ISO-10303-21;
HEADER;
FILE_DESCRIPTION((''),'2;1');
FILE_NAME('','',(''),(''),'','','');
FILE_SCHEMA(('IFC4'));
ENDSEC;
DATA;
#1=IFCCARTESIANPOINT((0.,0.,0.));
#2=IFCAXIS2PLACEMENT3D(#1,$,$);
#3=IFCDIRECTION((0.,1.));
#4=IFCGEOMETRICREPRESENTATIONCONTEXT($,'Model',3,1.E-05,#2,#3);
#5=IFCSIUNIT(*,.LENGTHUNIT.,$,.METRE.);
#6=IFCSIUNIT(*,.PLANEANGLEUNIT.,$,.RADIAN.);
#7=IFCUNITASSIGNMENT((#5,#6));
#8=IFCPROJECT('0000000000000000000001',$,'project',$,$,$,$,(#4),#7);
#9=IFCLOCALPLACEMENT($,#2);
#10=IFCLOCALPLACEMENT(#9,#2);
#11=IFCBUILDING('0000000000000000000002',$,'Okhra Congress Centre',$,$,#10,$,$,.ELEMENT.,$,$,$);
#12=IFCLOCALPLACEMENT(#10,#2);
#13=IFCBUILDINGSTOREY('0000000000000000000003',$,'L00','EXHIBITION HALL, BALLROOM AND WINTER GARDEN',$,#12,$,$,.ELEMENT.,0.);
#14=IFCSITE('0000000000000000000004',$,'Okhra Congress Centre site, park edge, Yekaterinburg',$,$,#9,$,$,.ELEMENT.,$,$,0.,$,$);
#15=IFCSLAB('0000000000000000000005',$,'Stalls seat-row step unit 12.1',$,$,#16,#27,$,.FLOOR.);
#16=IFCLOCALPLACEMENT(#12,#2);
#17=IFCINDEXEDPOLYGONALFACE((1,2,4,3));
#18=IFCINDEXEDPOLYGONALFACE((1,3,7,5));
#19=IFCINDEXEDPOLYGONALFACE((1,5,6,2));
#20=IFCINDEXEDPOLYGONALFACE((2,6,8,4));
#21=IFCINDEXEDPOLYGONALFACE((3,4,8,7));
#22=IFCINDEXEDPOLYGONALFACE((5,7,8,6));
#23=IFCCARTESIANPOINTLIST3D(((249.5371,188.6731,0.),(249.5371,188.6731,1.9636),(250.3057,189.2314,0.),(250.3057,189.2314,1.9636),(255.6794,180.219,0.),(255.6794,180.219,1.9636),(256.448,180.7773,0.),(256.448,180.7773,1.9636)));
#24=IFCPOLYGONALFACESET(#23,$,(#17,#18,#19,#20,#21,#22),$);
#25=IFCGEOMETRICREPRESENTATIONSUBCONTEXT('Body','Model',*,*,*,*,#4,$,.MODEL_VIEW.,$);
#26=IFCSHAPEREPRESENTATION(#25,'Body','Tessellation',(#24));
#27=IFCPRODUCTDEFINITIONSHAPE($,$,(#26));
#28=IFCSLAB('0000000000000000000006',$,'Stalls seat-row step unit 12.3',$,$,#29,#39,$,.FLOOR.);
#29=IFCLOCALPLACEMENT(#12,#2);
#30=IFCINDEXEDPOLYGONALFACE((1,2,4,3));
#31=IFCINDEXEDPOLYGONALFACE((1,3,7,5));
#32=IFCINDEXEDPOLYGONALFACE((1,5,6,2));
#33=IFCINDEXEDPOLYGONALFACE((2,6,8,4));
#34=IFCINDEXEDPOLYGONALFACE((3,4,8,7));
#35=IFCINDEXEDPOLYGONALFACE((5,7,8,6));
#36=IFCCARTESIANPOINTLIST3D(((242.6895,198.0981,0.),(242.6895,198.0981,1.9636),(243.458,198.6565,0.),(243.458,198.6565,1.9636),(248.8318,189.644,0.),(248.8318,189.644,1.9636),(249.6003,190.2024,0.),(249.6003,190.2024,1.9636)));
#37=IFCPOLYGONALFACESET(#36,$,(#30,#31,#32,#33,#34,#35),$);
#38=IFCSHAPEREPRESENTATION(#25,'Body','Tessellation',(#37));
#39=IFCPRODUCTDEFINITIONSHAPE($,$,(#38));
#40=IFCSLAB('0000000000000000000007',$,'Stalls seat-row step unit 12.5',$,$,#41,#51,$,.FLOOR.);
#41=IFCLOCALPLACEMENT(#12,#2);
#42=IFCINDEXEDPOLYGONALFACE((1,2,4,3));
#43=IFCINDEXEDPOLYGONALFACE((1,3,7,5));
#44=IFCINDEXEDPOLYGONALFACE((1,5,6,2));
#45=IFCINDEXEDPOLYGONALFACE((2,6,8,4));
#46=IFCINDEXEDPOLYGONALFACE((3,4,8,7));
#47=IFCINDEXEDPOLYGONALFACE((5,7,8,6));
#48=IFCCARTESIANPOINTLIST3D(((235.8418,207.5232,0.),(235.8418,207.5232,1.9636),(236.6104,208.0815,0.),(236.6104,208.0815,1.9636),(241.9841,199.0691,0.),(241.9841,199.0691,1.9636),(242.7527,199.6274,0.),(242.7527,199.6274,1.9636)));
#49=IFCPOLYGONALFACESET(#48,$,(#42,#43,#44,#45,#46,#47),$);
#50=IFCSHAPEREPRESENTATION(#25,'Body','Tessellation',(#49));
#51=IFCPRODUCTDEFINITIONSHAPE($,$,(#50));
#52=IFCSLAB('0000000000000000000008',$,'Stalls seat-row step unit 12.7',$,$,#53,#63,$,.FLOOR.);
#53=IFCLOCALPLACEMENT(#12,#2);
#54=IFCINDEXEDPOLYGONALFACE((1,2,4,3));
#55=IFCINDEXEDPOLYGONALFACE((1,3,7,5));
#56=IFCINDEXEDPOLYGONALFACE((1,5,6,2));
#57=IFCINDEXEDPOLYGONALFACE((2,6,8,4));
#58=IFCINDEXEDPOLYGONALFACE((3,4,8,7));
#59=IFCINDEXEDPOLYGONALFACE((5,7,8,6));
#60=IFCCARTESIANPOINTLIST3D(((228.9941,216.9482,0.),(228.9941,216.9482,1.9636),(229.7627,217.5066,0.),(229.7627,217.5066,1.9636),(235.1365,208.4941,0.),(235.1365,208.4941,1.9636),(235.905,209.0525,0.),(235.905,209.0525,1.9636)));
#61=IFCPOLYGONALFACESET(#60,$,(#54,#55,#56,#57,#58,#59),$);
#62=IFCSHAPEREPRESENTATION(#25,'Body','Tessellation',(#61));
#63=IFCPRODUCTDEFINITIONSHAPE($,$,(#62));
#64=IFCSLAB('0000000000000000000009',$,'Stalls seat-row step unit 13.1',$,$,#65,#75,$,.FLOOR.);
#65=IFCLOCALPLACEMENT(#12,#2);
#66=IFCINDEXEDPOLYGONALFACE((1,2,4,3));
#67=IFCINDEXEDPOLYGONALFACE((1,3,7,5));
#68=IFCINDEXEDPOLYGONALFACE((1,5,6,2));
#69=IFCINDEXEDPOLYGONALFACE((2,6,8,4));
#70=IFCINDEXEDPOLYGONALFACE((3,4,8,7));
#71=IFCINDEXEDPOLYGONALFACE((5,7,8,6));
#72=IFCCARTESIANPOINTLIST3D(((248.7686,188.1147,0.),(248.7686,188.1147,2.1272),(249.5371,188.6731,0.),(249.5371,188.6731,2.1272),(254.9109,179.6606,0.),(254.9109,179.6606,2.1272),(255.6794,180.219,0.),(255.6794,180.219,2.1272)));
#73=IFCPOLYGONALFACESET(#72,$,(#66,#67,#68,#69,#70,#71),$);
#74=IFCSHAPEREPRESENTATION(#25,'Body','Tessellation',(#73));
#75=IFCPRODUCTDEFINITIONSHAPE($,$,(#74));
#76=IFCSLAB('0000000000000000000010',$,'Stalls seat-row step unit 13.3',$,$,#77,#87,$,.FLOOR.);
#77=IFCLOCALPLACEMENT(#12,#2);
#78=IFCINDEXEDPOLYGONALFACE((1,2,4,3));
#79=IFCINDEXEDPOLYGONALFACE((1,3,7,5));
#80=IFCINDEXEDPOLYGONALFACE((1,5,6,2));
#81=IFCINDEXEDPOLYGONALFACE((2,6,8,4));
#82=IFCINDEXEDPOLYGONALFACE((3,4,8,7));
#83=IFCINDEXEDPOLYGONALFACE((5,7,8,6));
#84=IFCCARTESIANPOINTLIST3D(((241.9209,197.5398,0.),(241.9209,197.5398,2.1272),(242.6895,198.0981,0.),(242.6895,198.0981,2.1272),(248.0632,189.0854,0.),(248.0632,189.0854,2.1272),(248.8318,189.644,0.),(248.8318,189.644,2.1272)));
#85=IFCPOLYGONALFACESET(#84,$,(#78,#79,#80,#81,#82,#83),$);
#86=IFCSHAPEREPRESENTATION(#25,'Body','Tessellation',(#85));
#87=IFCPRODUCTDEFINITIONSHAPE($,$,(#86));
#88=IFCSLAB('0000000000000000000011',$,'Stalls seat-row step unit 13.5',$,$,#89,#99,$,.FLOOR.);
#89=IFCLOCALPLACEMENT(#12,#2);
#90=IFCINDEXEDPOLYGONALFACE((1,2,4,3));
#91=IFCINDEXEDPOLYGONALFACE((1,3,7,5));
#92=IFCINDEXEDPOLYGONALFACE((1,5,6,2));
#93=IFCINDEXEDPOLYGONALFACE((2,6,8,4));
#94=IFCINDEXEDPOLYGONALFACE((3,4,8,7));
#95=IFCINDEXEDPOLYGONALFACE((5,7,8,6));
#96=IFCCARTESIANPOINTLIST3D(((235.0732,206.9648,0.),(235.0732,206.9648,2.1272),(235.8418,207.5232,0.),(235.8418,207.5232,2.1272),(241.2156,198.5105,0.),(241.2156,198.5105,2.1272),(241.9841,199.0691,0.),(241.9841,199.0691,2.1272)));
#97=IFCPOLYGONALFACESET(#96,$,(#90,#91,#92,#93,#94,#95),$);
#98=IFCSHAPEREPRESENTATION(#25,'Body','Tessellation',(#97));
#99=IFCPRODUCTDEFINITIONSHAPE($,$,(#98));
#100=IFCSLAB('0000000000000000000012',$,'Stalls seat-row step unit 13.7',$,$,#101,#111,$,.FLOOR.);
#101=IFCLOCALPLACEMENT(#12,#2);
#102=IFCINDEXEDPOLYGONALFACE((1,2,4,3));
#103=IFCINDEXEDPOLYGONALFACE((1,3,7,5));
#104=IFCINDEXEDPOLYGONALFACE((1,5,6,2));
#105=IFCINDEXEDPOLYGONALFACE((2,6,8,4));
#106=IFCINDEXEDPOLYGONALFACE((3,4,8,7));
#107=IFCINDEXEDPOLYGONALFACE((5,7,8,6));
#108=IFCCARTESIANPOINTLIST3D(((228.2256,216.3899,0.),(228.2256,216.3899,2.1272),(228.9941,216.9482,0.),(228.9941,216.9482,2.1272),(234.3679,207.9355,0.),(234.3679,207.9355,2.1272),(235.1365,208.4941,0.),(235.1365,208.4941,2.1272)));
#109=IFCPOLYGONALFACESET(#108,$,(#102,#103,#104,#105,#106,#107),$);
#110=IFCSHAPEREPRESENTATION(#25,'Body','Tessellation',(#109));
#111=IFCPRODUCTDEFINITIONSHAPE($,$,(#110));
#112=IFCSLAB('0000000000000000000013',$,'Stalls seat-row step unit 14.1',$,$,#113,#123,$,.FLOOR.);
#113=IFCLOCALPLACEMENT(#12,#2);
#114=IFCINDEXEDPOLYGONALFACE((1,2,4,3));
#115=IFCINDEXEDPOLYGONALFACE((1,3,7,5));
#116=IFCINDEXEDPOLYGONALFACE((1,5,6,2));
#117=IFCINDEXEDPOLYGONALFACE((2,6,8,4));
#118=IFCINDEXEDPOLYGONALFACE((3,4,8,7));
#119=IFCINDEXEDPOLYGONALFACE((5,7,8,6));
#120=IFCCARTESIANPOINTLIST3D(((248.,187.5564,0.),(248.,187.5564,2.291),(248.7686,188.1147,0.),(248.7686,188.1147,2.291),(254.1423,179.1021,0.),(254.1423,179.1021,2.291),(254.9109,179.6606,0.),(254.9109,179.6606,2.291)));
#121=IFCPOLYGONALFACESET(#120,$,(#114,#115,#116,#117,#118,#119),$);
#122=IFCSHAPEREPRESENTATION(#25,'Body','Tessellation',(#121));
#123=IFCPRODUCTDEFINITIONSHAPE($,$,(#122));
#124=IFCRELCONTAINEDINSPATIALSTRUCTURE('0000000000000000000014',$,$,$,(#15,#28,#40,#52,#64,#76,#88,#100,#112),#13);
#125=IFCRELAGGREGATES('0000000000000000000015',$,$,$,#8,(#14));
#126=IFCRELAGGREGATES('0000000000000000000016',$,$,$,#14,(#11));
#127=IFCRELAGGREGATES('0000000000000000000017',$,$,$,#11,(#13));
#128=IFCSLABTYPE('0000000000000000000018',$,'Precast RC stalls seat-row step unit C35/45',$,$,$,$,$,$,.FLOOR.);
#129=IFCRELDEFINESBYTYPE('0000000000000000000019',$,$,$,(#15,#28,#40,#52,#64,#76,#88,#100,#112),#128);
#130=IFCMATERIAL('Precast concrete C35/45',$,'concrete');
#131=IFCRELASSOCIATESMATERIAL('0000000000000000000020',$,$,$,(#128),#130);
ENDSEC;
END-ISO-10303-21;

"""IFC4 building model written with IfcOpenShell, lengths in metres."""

from ifc_helpers import new_model, si_unit, direction, origin, place, context, subcontext, project, spatial, polyline, outline, extrude, material, type_object, element, save


model = new_model("IFC4")

# Units and contexts
model_context = context("Model", 3, precision=1e-05, world=origin(), true_north=direction((0.0, 1.0)))
body_context = subcontext(model_context, "Body", "Model", "MODEL_VIEW")
ifc_project = project(units=[si_unit("LENGTHUNIT", "METRE"), si_unit("PLANEANGLEUNIT", "RADIAN")], contexts=[model_context])

# Site, building, storey
site_placement = place(None, origin())
site = spatial("IfcSite", under=ifc_project, at=site_placement, Name="Okhra Congress Centre site, park edge, Yekaterinburg", CompositionType="ELEMENT", RefElevation=0.0)
building_placement = place(site_placement, origin())
building = spatial("IfcBuilding", under=site, at=building_placement, Name="Okhra Congress Centre", CompositionType="ELEMENT")
storey_placement = place(building_placement, origin())
storey = spatial("IfcBuildingStorey", under=building, at=storey_placement, Name="L00", Description="EXHIBITION HALL, BALLROOM AND WINTER GARDEN", CompositionType="ELEMENT", Elevation=0.0)

# Slabs
ifc_material_1 = material(Name="Precast concrete C35/45", Category="concrete")
slab_type_1 = type_object("IfcSlabType", Name="Precast RC stalls seat-row step unit C35/45", PredefinedType="FLOOR", material=ifc_material_1)
slab_1_placement = place(storey_placement, origin())
element("IfcSlab", 1, at=slab_1_placement, inside=storey, type_object=slab_type_1, Name="Stalls seat-row step unit 12.1", PredefinedType="FLOOR", context=body_context, shape_type="SweptSolid", body=[
    extrude(outline(polyline([(255.6794, 180.219), (256.448, 180.7773), (250.3057, 189.2314), (249.5371, 188.6731), (255.6794, 180.219)])), origin(), (0.0, 0.0, 1.0), 1.9636),
])
slab_2_placement = place(storey_placement, origin())
element("IfcSlab", 2, at=slab_2_placement, inside=storey, type_object=slab_type_1, Name="Stalls seat-row step unit 12.3", PredefinedType="FLOOR", context=body_context, shape_type="SweptSolid", body=[
    extrude(outline(polyline([(248.8318, 189.644), (249.6003, 190.2024), (243.458, 198.6565), (242.6895, 198.0981), (248.8318, 189.644)])), origin(), (0.0, 0.0, 1.0), 1.9636),
])
slab_3_placement = place(storey_placement, origin())
element("IfcSlab", 3, at=slab_3_placement, inside=storey, type_object=slab_type_1, Name="Stalls seat-row step unit 12.5", PredefinedType="FLOOR", context=body_context, shape_type="SweptSolid", body=[
    extrude(outline(polyline([(241.9841, 199.0691), (242.7527, 199.6274), (236.6104, 208.0815), (235.8418, 207.5232), (241.9841, 199.0691)])), origin(), (0.0, 0.0, 1.0), 1.9636),
])
slab_4_placement = place(storey_placement, origin())
element("IfcSlab", 4, at=slab_4_placement, inside=storey, type_object=slab_type_1, Name="Stalls seat-row step unit 12.7", PredefinedType="FLOOR", context=body_context, shape_type="SweptSolid", body=[
    extrude(outline(polyline([(235.1365, 208.4941), (235.905, 209.0525), (229.7627, 217.5066), (228.9941, 216.9482), (235.1365, 208.4941)])), origin(), (0.0, 0.0, 1.0), 1.9636),
])
slab_5_placement = place(storey_placement, origin())
element("IfcSlab", 5, at=slab_5_placement, inside=storey, type_object=slab_type_1, Name="Stalls seat-row step unit 13.1", PredefinedType="FLOOR", context=body_context, shape_type="SweptSolid", body=[
    extrude(outline(polyline([(254.9109, 179.6606), (255.6794, 180.219), (249.5371, 188.6731), (248.7686, 188.1147), (254.9109, 179.6606)])), origin(), (0.0, 0.0, 1.0), 2.1272),
])
slab_6_placement = place(storey_placement, origin())
element("IfcSlab", 6, at=slab_6_placement, inside=storey, type_object=slab_type_1, Name="Stalls seat-row step unit 13.3", PredefinedType="FLOOR", context=body_context, shape_type="SweptSolid", body=[
    extrude(outline(polyline([(248.0632, 189.0854), (248.8318, 189.644), (242.6895, 198.0981), (241.9209, 197.5398), (248.0632, 189.0854)])), origin(), (0.0, 0.0, 1.0), 2.1272),
])
slab_7_placement = place(storey_placement, origin())
element("IfcSlab", 7, at=slab_7_placement, inside=storey, type_object=slab_type_1, Name="Stalls seat-row step unit 13.5", PredefinedType="FLOOR", context=body_context, shape_type="SweptSolid", body=[
    extrude(outline(polyline([(241.2156, 198.5105), (241.9841, 199.0691), (235.8418, 207.5232), (235.0732, 206.9648), (241.2156, 198.5105)])), origin(), (0.0, 0.0, 1.0), 2.1272),
])
slab_8_placement = place(storey_placement, origin())
element("IfcSlab", 8, at=slab_8_placement, inside=storey, type_object=slab_type_1, Name="Stalls seat-row step unit 13.7", PredefinedType="FLOOR", context=body_context, shape_type="SweptSolid", body=[
    extrude(outline(polyline([(234.3679, 207.9355), (235.1365, 208.4941), (228.9941, 216.9482), (228.2256, 216.3899), (234.3679, 207.9355)])), origin(), (0.0, 0.0, 1.0), 2.1272),
])
slab_9_placement = place(storey_placement, origin())
element("IfcSlab", 9, at=slab_9_placement, inside=storey, type_object=slab_type_1, Name="Stalls seat-row step unit 14.1", PredefinedType="FLOOR", context=body_context, shape_type="SweptSolid", body=[
    extrude(outline(polyline([(254.1423, 179.1021), (254.9109, 179.6606), (248.7686, 188.1147), (248.0, 187.5564), (254.1423, 179.1021)])), origin(), (0.0, 0.0, 1.0), 2.291),
])

save(model, "model.ifc")
